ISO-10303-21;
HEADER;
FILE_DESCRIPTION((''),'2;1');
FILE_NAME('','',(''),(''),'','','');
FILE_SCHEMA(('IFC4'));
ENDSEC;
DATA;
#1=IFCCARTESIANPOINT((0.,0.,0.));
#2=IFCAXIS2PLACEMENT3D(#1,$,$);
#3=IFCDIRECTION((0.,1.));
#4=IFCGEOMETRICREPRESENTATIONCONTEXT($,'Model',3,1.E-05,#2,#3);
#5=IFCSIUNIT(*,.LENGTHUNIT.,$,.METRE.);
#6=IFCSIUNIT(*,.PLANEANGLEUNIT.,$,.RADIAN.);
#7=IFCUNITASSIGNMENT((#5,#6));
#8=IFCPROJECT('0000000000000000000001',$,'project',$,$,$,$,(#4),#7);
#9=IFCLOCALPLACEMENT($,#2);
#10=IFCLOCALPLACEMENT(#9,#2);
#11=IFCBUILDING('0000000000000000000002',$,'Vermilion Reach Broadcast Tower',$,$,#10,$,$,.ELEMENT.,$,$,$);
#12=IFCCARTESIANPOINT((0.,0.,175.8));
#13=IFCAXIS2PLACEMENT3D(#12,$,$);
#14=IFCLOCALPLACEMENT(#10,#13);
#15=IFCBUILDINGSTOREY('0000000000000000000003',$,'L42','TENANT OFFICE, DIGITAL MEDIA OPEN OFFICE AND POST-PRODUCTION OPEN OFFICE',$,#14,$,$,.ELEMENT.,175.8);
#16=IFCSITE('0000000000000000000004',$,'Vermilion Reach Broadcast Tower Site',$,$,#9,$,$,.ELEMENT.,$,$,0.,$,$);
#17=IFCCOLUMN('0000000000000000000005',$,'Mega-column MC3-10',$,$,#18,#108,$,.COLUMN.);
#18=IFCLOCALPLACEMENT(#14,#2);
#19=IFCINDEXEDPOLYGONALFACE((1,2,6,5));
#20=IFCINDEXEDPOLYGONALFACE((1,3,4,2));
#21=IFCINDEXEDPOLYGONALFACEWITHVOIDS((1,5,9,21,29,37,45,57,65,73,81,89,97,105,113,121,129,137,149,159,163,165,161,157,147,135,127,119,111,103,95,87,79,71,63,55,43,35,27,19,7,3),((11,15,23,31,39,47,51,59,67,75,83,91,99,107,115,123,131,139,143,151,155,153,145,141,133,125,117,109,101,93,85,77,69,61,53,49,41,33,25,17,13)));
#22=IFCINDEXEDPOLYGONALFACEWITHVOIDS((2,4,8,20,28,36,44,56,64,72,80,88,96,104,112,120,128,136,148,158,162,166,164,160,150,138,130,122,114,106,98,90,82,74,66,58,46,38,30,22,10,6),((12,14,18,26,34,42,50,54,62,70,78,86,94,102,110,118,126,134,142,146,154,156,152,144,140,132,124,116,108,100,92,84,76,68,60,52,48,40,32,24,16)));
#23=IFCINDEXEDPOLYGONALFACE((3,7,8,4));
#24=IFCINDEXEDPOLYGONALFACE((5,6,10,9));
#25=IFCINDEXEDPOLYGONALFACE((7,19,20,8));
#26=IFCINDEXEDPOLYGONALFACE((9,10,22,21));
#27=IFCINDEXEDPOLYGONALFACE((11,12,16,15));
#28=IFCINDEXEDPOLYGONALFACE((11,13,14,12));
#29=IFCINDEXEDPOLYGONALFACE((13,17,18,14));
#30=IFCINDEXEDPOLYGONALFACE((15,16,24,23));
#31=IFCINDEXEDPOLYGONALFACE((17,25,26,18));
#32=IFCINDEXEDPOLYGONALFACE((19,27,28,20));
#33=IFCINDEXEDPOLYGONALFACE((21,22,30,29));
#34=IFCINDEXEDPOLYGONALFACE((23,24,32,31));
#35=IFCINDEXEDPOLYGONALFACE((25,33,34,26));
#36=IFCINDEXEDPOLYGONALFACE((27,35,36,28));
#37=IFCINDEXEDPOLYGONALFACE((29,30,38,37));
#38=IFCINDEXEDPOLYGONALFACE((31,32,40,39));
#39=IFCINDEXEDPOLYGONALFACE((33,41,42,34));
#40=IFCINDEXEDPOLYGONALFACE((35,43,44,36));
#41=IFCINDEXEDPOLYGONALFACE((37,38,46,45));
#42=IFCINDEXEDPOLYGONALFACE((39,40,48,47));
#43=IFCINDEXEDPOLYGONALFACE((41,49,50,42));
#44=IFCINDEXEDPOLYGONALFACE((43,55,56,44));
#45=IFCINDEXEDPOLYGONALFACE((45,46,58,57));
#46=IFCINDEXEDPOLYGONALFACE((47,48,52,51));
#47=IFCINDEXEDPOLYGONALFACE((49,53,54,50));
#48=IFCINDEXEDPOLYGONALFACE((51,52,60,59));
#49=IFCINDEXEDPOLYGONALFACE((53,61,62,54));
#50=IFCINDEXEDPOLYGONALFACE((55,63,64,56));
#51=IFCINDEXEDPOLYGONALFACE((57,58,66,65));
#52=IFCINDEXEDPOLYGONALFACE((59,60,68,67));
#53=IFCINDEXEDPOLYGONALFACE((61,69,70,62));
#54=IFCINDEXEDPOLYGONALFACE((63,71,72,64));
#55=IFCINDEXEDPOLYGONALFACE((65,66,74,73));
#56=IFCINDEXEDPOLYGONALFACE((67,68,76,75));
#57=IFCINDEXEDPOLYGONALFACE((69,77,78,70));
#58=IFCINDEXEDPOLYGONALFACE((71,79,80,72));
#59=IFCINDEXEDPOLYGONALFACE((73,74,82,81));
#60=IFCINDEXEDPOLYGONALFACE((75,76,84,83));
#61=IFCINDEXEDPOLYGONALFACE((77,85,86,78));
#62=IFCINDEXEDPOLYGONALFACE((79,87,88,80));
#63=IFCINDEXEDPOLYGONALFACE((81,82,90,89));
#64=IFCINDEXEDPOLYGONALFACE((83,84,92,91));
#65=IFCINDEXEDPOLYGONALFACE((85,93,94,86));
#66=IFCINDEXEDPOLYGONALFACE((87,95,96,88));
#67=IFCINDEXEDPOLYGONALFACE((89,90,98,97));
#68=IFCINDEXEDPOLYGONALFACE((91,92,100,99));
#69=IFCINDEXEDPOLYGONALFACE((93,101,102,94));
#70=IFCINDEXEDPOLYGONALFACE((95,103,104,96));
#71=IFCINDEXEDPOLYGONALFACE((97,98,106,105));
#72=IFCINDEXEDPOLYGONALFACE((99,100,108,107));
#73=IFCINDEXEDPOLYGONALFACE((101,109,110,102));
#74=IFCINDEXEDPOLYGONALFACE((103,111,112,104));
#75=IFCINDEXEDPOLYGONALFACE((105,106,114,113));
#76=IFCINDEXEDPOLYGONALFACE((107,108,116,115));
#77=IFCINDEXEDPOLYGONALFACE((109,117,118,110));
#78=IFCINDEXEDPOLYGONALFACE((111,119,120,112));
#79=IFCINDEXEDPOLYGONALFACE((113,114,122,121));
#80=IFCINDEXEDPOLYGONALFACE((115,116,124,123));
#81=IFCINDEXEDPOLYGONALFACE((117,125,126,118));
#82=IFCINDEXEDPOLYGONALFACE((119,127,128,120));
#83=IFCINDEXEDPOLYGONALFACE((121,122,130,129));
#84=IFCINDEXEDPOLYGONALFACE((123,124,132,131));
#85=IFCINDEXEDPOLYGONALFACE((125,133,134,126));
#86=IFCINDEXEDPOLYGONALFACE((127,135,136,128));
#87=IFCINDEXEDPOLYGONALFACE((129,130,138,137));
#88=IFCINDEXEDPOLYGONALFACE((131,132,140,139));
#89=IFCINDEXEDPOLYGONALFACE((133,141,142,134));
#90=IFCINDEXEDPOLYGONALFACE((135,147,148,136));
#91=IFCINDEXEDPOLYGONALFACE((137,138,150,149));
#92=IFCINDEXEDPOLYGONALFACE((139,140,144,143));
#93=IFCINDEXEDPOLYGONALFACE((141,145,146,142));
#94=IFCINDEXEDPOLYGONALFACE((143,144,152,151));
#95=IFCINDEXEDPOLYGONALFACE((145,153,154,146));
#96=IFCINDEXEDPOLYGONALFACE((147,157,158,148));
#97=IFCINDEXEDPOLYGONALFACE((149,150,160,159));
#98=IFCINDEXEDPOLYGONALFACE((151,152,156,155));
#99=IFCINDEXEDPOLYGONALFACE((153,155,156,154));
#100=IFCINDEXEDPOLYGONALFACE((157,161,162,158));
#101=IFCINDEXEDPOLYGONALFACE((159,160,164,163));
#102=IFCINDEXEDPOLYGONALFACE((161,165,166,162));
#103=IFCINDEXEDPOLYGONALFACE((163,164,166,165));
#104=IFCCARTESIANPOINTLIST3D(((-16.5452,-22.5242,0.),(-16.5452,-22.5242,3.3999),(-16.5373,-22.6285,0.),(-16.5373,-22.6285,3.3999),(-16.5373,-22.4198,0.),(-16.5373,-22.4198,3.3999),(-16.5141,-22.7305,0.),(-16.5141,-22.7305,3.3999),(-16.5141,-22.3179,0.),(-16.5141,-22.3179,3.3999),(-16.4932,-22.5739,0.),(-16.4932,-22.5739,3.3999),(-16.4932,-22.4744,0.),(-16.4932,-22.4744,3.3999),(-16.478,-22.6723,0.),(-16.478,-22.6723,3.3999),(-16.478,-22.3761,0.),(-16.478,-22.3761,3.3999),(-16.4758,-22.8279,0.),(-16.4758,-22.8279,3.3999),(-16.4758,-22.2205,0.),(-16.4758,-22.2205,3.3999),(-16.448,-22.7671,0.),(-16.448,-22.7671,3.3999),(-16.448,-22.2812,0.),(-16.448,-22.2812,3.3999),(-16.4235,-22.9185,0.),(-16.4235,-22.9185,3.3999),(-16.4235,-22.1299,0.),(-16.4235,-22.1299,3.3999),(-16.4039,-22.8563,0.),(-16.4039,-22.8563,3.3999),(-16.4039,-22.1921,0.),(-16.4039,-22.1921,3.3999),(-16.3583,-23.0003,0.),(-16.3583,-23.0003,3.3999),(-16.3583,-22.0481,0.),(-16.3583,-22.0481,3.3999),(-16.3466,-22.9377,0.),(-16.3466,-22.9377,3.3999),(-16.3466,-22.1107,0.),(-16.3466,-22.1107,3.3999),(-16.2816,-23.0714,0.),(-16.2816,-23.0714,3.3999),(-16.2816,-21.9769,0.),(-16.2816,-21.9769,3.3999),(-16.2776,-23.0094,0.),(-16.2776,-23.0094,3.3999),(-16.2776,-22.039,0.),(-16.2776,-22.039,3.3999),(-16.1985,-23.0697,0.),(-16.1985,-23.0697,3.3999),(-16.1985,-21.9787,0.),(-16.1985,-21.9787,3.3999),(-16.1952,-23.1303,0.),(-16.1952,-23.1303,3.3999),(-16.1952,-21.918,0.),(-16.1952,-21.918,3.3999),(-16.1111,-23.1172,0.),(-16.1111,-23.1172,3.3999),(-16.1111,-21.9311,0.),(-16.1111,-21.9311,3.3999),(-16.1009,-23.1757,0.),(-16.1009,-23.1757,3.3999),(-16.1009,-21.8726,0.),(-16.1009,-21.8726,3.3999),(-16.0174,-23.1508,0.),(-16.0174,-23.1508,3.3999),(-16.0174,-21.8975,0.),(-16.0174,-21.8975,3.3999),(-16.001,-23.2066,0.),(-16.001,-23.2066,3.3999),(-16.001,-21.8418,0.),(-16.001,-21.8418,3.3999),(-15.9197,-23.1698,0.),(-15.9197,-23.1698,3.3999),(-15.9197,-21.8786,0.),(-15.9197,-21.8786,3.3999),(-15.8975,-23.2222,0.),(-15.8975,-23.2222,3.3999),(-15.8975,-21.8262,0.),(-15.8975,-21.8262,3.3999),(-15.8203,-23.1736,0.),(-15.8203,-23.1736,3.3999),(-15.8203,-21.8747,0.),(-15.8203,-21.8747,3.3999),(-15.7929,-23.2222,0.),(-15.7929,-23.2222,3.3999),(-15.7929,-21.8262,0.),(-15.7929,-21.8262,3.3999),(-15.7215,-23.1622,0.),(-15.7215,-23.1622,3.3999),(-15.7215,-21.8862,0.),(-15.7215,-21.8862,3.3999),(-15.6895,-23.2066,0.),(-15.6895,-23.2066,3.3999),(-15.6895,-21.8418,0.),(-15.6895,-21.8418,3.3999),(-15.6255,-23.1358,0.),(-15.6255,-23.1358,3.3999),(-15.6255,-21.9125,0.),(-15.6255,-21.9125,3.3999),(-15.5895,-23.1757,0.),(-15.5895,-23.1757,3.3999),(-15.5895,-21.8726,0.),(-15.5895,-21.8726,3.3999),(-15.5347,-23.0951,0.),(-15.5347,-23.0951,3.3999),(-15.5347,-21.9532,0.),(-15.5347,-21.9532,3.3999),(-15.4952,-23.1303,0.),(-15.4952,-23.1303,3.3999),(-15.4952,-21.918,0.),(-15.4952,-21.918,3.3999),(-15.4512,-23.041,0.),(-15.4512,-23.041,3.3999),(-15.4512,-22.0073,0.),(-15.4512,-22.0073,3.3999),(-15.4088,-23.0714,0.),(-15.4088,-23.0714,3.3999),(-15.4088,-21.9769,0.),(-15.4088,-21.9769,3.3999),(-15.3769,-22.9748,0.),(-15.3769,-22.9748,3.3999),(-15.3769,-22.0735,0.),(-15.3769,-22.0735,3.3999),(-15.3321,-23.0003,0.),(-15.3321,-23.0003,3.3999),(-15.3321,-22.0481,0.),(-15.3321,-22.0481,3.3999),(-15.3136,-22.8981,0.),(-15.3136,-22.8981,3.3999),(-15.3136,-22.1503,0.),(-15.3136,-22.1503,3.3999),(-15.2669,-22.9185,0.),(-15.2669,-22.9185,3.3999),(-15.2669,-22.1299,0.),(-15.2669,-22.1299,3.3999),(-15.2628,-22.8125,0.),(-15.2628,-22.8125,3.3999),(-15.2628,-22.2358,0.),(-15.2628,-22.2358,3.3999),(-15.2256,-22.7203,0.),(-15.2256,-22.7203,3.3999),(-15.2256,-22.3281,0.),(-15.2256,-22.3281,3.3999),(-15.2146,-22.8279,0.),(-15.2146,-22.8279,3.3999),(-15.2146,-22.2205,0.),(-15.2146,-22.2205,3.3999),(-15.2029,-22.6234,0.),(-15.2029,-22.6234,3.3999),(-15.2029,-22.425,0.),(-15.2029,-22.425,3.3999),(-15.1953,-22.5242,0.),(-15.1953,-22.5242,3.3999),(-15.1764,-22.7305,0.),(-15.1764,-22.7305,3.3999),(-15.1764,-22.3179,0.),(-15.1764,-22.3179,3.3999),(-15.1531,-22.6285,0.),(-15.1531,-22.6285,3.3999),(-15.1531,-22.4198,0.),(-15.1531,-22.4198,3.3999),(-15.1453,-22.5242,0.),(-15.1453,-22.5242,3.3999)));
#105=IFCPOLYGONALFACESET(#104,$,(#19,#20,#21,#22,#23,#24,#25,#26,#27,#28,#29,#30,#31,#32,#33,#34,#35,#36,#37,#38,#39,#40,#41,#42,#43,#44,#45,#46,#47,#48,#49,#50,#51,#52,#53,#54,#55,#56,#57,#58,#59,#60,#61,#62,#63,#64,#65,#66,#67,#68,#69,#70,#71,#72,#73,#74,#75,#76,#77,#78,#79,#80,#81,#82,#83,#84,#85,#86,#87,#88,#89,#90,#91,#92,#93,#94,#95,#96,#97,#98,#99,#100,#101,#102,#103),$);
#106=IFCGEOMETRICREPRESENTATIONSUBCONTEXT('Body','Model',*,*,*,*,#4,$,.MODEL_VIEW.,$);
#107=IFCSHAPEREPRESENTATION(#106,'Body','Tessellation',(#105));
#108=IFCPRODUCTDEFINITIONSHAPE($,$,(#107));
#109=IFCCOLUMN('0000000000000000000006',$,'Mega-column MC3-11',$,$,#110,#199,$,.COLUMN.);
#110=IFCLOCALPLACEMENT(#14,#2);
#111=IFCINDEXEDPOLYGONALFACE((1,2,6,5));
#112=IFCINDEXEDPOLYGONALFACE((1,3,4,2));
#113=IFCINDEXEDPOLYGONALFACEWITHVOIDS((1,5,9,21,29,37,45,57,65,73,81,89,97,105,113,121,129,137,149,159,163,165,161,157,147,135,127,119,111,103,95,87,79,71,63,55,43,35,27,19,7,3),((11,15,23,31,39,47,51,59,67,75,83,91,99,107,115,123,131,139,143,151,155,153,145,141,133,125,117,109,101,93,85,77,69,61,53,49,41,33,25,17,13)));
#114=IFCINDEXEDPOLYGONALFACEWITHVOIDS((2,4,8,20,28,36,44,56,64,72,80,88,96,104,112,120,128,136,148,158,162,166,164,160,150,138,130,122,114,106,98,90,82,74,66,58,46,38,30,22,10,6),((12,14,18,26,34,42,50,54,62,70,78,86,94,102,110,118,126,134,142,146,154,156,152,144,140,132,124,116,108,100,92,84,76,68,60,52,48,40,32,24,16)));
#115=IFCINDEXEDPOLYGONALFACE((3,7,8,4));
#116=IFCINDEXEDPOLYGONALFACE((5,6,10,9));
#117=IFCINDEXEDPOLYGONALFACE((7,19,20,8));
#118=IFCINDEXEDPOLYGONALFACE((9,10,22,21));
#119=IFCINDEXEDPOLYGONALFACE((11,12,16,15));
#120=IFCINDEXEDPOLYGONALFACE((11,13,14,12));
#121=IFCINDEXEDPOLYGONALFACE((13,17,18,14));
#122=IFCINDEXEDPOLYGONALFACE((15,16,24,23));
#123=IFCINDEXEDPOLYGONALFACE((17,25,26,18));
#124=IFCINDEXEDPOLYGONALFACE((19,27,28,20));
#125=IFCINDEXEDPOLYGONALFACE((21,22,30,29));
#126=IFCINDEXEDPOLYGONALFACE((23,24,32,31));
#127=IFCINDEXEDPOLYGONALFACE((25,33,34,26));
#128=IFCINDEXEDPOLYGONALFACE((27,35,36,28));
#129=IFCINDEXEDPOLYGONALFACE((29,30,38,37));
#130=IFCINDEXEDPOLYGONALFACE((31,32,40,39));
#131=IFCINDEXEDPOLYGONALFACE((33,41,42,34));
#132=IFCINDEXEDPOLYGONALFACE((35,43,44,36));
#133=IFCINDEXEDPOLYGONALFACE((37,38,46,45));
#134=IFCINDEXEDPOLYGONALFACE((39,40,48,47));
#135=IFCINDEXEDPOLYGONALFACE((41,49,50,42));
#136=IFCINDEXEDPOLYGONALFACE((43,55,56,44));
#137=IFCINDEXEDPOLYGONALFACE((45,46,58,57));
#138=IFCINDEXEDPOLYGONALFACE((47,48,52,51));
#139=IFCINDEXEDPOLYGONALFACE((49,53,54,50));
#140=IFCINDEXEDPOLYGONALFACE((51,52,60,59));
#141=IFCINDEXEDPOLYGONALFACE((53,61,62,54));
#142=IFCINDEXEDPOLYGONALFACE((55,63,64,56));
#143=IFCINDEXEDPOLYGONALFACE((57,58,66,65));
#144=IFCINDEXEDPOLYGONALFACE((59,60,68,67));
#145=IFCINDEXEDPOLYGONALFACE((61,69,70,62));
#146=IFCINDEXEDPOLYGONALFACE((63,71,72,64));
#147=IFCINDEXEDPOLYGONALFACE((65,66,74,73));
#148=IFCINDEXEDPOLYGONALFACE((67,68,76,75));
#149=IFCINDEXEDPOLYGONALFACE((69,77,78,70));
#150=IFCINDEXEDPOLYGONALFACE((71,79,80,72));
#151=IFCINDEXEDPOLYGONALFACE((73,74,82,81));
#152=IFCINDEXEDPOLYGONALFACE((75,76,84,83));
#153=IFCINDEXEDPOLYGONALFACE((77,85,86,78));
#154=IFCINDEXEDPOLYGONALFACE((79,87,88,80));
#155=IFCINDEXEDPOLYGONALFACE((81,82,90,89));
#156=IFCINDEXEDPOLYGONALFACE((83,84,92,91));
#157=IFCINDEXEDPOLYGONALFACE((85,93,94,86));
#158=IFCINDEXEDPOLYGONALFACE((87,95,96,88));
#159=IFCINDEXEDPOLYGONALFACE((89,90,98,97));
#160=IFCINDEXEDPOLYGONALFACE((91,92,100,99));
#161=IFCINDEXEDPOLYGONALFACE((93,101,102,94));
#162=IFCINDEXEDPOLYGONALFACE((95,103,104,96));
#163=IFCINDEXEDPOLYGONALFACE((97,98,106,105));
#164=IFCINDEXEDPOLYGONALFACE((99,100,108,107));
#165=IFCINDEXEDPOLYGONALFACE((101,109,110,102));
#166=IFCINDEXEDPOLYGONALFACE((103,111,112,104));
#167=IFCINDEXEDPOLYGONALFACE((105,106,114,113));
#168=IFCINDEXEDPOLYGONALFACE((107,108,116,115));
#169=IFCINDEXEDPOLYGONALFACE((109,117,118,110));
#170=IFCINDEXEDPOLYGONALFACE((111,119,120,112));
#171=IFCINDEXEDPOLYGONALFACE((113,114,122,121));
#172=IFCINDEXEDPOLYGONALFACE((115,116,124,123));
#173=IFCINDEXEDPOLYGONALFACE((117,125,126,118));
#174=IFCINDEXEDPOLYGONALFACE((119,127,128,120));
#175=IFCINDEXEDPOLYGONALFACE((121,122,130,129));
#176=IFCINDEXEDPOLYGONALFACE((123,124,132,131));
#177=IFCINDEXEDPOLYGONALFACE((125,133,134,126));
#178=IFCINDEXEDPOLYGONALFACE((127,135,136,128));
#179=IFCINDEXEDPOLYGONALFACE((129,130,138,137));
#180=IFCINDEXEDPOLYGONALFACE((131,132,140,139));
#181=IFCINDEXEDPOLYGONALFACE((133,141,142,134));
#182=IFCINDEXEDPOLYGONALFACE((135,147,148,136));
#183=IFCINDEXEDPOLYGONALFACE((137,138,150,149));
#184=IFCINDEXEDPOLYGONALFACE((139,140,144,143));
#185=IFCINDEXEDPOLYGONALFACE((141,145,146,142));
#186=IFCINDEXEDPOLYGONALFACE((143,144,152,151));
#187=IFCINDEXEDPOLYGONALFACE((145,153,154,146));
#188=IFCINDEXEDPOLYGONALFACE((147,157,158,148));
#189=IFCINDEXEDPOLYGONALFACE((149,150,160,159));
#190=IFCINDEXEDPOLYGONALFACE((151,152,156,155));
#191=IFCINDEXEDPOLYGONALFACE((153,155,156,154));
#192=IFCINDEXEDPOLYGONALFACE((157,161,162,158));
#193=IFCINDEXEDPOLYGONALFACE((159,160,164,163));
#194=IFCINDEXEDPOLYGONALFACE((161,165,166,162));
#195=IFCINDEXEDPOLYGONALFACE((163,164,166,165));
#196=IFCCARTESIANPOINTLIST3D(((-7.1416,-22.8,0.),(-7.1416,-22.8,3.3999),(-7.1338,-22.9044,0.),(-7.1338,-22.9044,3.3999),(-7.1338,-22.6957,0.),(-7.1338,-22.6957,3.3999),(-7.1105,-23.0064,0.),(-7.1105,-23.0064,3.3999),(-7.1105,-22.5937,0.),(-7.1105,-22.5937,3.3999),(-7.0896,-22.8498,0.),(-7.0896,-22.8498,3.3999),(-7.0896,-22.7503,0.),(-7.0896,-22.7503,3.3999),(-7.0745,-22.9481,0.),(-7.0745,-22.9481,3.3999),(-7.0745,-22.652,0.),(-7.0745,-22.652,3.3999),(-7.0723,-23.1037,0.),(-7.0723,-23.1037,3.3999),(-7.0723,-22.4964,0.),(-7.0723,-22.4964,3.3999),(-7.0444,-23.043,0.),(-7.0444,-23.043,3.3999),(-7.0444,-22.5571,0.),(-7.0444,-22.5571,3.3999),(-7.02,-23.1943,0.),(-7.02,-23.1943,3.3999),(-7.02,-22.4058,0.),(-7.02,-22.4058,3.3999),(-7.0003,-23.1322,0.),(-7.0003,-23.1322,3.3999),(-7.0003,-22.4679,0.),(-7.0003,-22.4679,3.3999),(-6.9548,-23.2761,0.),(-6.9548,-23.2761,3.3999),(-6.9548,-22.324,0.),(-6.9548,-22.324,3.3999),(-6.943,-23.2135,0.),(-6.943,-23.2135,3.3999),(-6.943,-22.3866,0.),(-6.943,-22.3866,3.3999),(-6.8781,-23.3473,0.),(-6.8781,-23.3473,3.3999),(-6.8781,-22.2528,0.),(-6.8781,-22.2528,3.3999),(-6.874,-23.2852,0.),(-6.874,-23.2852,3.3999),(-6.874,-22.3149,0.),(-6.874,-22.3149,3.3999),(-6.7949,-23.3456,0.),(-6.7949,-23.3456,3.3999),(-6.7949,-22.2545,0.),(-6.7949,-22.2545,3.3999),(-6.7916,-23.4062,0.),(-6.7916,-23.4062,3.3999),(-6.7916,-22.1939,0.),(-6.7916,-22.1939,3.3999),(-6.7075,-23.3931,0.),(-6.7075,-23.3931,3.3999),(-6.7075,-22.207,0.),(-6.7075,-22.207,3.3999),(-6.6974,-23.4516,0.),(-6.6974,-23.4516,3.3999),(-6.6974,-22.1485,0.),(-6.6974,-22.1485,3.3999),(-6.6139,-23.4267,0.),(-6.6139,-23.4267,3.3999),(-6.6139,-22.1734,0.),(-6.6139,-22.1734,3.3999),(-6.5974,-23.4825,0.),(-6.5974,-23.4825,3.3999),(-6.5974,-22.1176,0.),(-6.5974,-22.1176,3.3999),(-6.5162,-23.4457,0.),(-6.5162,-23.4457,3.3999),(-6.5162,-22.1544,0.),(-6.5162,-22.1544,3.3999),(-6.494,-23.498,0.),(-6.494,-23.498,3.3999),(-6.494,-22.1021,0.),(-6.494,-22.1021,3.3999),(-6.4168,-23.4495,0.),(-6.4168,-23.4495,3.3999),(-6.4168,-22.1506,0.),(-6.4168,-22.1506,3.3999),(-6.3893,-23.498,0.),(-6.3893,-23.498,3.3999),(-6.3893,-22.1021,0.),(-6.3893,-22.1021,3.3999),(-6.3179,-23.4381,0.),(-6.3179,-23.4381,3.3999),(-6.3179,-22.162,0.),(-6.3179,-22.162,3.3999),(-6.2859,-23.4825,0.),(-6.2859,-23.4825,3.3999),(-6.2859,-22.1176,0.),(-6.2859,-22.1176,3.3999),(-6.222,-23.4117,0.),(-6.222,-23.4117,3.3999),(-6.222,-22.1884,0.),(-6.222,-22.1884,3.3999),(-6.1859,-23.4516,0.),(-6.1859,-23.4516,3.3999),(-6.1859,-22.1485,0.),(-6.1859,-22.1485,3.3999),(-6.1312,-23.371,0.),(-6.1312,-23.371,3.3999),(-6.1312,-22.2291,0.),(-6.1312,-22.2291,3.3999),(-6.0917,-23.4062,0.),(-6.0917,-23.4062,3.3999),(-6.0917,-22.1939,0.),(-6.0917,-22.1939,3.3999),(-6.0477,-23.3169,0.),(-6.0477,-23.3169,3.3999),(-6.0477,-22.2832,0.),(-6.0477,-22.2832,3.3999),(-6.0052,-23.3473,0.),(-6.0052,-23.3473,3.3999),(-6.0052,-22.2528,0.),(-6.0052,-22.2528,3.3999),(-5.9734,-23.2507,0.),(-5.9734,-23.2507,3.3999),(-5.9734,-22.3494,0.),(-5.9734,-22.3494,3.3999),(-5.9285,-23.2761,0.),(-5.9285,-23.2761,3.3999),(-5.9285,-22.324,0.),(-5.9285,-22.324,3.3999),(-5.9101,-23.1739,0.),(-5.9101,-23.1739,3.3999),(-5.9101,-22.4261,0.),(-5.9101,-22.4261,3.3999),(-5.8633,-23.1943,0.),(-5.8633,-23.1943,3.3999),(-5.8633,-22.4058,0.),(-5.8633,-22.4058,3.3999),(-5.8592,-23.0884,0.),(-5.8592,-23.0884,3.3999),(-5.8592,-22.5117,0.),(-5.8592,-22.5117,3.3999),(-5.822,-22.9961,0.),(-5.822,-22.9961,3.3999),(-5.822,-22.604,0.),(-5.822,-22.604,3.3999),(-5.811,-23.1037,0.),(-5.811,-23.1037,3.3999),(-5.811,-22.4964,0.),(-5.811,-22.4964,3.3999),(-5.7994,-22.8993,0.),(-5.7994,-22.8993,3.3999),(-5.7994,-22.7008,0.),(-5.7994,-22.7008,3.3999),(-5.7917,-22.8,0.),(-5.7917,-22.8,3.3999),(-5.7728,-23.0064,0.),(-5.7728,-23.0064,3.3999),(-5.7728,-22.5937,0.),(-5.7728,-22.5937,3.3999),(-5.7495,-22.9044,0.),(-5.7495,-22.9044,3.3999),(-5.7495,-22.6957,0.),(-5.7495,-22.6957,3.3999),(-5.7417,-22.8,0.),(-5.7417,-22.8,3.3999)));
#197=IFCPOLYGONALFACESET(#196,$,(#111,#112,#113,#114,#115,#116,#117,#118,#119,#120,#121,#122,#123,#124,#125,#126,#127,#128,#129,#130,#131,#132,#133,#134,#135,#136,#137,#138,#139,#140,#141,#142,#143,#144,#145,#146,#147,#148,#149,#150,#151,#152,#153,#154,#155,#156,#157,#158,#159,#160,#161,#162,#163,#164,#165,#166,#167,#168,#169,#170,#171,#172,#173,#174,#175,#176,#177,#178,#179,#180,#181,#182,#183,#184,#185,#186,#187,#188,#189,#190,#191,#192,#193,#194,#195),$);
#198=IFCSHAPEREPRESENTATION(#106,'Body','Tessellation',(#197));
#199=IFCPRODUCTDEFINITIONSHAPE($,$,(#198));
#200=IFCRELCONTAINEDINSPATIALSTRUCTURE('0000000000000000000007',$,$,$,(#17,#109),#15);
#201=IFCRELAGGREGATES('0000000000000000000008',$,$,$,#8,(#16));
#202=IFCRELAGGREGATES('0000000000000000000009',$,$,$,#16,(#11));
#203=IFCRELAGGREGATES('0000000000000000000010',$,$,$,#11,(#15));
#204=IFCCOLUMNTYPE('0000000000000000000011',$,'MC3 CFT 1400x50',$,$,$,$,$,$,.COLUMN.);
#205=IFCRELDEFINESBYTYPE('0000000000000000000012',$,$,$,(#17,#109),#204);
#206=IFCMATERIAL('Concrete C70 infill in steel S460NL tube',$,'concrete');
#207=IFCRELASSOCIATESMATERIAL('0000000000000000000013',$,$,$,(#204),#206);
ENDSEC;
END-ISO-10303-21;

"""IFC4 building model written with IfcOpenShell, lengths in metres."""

from ifc_helpers import new_model, si_unit, direction, frame, origin, origin_2d, place, context, subcontext, project, spatial, hollow_circle, extrude, material, material_profile, profile_set, type_object, element, save


model = new_model("IFC4")

# Units and contexts
model_context = context("Model", 3, precision=1e-05, world=origin(), true_north=direction((0.0, 1.0)))
body_context = subcontext(model_context, "Body", "Model", "MODEL_VIEW")
ifc_project = project(units=[si_unit("LENGTHUNIT", "METRE"), si_unit("PLANEANGLEUNIT", "RADIAN")], contexts=[model_context])

# Site, building, storey
site_placement = place(None, origin())
site = spatial("IfcSite", under=ifc_project, at=site_placement, Name="Vermilion Reach Broadcast Tower Site", CompositionType="ELEMENT", RefElevation=0.0)
building_placement = place(site_placement, origin())
building = spatial("IfcBuilding", under=site, at=building_placement, Name="Vermilion Reach Broadcast Tower", CompositionType="ELEMENT")
storey_placement = place(building_placement, frame((0.0, 0.0, 175.8)))
storey = spatial("IfcBuildingStorey", under=building, at=storey_placement, Name="L42", Description="TENANT OFFICE, DIGITAL MEDIA OPEN OFFICE AND POST-PRODUCTION OPEN OFFICE", CompositionType="ELEMENT", Elevation=175.8)

# Columns
ifc_material_1 = material(Name="Concrete C70 infill in steel S460NL tube", Category="concrete")
ifc_material_profile_1 = material_profile(ifc_material_1, hollow_circle(Radius=0.7, WallThickness=0.05, at=origin_2d()), Name="Concrete C70 infill in steel S460NL tube CFT 1400x50")
ifc_profile_set_1 = profile_set([ifc_material_profile_1], Name="Concrete C70 infill in steel S460NL tube")
column_type = type_object("IfcColumnType", Name="MC3 CFT 1400x50", PredefinedType="COLUMN", material=ifc_profile_set_1)
for number, where, z_axis, x_axis, name in (
    (1, (-15.8452, -22.5242, 0.0), (0.0, 0.0, 1.0), (1.0, 0.0, 0.0), "Mega-column MC3-10"),
    (2, (-6.4417, -22.8, 0.0), (0.0, 0.0, 1.0), (1.0, 0.0, 0.0), "Mega-column MC3-11"),
):
    element("IfcColumn", number, at=place(storey_placement, frame(where, z_axis=z_axis, x_axis=x_axis)), inside=storey, type_object=column_type, Name=name, PredefinedType="COLUMN", context=body_context, shape_type="SweptSolid", body=[
        extrude(hollow_circle(Radius=0.7, WallThickness=0.05, at=origin_2d()), origin(), (0.0, 0.0, 1.0), 3.3999),
    ])

save(model, "model.ifc")
